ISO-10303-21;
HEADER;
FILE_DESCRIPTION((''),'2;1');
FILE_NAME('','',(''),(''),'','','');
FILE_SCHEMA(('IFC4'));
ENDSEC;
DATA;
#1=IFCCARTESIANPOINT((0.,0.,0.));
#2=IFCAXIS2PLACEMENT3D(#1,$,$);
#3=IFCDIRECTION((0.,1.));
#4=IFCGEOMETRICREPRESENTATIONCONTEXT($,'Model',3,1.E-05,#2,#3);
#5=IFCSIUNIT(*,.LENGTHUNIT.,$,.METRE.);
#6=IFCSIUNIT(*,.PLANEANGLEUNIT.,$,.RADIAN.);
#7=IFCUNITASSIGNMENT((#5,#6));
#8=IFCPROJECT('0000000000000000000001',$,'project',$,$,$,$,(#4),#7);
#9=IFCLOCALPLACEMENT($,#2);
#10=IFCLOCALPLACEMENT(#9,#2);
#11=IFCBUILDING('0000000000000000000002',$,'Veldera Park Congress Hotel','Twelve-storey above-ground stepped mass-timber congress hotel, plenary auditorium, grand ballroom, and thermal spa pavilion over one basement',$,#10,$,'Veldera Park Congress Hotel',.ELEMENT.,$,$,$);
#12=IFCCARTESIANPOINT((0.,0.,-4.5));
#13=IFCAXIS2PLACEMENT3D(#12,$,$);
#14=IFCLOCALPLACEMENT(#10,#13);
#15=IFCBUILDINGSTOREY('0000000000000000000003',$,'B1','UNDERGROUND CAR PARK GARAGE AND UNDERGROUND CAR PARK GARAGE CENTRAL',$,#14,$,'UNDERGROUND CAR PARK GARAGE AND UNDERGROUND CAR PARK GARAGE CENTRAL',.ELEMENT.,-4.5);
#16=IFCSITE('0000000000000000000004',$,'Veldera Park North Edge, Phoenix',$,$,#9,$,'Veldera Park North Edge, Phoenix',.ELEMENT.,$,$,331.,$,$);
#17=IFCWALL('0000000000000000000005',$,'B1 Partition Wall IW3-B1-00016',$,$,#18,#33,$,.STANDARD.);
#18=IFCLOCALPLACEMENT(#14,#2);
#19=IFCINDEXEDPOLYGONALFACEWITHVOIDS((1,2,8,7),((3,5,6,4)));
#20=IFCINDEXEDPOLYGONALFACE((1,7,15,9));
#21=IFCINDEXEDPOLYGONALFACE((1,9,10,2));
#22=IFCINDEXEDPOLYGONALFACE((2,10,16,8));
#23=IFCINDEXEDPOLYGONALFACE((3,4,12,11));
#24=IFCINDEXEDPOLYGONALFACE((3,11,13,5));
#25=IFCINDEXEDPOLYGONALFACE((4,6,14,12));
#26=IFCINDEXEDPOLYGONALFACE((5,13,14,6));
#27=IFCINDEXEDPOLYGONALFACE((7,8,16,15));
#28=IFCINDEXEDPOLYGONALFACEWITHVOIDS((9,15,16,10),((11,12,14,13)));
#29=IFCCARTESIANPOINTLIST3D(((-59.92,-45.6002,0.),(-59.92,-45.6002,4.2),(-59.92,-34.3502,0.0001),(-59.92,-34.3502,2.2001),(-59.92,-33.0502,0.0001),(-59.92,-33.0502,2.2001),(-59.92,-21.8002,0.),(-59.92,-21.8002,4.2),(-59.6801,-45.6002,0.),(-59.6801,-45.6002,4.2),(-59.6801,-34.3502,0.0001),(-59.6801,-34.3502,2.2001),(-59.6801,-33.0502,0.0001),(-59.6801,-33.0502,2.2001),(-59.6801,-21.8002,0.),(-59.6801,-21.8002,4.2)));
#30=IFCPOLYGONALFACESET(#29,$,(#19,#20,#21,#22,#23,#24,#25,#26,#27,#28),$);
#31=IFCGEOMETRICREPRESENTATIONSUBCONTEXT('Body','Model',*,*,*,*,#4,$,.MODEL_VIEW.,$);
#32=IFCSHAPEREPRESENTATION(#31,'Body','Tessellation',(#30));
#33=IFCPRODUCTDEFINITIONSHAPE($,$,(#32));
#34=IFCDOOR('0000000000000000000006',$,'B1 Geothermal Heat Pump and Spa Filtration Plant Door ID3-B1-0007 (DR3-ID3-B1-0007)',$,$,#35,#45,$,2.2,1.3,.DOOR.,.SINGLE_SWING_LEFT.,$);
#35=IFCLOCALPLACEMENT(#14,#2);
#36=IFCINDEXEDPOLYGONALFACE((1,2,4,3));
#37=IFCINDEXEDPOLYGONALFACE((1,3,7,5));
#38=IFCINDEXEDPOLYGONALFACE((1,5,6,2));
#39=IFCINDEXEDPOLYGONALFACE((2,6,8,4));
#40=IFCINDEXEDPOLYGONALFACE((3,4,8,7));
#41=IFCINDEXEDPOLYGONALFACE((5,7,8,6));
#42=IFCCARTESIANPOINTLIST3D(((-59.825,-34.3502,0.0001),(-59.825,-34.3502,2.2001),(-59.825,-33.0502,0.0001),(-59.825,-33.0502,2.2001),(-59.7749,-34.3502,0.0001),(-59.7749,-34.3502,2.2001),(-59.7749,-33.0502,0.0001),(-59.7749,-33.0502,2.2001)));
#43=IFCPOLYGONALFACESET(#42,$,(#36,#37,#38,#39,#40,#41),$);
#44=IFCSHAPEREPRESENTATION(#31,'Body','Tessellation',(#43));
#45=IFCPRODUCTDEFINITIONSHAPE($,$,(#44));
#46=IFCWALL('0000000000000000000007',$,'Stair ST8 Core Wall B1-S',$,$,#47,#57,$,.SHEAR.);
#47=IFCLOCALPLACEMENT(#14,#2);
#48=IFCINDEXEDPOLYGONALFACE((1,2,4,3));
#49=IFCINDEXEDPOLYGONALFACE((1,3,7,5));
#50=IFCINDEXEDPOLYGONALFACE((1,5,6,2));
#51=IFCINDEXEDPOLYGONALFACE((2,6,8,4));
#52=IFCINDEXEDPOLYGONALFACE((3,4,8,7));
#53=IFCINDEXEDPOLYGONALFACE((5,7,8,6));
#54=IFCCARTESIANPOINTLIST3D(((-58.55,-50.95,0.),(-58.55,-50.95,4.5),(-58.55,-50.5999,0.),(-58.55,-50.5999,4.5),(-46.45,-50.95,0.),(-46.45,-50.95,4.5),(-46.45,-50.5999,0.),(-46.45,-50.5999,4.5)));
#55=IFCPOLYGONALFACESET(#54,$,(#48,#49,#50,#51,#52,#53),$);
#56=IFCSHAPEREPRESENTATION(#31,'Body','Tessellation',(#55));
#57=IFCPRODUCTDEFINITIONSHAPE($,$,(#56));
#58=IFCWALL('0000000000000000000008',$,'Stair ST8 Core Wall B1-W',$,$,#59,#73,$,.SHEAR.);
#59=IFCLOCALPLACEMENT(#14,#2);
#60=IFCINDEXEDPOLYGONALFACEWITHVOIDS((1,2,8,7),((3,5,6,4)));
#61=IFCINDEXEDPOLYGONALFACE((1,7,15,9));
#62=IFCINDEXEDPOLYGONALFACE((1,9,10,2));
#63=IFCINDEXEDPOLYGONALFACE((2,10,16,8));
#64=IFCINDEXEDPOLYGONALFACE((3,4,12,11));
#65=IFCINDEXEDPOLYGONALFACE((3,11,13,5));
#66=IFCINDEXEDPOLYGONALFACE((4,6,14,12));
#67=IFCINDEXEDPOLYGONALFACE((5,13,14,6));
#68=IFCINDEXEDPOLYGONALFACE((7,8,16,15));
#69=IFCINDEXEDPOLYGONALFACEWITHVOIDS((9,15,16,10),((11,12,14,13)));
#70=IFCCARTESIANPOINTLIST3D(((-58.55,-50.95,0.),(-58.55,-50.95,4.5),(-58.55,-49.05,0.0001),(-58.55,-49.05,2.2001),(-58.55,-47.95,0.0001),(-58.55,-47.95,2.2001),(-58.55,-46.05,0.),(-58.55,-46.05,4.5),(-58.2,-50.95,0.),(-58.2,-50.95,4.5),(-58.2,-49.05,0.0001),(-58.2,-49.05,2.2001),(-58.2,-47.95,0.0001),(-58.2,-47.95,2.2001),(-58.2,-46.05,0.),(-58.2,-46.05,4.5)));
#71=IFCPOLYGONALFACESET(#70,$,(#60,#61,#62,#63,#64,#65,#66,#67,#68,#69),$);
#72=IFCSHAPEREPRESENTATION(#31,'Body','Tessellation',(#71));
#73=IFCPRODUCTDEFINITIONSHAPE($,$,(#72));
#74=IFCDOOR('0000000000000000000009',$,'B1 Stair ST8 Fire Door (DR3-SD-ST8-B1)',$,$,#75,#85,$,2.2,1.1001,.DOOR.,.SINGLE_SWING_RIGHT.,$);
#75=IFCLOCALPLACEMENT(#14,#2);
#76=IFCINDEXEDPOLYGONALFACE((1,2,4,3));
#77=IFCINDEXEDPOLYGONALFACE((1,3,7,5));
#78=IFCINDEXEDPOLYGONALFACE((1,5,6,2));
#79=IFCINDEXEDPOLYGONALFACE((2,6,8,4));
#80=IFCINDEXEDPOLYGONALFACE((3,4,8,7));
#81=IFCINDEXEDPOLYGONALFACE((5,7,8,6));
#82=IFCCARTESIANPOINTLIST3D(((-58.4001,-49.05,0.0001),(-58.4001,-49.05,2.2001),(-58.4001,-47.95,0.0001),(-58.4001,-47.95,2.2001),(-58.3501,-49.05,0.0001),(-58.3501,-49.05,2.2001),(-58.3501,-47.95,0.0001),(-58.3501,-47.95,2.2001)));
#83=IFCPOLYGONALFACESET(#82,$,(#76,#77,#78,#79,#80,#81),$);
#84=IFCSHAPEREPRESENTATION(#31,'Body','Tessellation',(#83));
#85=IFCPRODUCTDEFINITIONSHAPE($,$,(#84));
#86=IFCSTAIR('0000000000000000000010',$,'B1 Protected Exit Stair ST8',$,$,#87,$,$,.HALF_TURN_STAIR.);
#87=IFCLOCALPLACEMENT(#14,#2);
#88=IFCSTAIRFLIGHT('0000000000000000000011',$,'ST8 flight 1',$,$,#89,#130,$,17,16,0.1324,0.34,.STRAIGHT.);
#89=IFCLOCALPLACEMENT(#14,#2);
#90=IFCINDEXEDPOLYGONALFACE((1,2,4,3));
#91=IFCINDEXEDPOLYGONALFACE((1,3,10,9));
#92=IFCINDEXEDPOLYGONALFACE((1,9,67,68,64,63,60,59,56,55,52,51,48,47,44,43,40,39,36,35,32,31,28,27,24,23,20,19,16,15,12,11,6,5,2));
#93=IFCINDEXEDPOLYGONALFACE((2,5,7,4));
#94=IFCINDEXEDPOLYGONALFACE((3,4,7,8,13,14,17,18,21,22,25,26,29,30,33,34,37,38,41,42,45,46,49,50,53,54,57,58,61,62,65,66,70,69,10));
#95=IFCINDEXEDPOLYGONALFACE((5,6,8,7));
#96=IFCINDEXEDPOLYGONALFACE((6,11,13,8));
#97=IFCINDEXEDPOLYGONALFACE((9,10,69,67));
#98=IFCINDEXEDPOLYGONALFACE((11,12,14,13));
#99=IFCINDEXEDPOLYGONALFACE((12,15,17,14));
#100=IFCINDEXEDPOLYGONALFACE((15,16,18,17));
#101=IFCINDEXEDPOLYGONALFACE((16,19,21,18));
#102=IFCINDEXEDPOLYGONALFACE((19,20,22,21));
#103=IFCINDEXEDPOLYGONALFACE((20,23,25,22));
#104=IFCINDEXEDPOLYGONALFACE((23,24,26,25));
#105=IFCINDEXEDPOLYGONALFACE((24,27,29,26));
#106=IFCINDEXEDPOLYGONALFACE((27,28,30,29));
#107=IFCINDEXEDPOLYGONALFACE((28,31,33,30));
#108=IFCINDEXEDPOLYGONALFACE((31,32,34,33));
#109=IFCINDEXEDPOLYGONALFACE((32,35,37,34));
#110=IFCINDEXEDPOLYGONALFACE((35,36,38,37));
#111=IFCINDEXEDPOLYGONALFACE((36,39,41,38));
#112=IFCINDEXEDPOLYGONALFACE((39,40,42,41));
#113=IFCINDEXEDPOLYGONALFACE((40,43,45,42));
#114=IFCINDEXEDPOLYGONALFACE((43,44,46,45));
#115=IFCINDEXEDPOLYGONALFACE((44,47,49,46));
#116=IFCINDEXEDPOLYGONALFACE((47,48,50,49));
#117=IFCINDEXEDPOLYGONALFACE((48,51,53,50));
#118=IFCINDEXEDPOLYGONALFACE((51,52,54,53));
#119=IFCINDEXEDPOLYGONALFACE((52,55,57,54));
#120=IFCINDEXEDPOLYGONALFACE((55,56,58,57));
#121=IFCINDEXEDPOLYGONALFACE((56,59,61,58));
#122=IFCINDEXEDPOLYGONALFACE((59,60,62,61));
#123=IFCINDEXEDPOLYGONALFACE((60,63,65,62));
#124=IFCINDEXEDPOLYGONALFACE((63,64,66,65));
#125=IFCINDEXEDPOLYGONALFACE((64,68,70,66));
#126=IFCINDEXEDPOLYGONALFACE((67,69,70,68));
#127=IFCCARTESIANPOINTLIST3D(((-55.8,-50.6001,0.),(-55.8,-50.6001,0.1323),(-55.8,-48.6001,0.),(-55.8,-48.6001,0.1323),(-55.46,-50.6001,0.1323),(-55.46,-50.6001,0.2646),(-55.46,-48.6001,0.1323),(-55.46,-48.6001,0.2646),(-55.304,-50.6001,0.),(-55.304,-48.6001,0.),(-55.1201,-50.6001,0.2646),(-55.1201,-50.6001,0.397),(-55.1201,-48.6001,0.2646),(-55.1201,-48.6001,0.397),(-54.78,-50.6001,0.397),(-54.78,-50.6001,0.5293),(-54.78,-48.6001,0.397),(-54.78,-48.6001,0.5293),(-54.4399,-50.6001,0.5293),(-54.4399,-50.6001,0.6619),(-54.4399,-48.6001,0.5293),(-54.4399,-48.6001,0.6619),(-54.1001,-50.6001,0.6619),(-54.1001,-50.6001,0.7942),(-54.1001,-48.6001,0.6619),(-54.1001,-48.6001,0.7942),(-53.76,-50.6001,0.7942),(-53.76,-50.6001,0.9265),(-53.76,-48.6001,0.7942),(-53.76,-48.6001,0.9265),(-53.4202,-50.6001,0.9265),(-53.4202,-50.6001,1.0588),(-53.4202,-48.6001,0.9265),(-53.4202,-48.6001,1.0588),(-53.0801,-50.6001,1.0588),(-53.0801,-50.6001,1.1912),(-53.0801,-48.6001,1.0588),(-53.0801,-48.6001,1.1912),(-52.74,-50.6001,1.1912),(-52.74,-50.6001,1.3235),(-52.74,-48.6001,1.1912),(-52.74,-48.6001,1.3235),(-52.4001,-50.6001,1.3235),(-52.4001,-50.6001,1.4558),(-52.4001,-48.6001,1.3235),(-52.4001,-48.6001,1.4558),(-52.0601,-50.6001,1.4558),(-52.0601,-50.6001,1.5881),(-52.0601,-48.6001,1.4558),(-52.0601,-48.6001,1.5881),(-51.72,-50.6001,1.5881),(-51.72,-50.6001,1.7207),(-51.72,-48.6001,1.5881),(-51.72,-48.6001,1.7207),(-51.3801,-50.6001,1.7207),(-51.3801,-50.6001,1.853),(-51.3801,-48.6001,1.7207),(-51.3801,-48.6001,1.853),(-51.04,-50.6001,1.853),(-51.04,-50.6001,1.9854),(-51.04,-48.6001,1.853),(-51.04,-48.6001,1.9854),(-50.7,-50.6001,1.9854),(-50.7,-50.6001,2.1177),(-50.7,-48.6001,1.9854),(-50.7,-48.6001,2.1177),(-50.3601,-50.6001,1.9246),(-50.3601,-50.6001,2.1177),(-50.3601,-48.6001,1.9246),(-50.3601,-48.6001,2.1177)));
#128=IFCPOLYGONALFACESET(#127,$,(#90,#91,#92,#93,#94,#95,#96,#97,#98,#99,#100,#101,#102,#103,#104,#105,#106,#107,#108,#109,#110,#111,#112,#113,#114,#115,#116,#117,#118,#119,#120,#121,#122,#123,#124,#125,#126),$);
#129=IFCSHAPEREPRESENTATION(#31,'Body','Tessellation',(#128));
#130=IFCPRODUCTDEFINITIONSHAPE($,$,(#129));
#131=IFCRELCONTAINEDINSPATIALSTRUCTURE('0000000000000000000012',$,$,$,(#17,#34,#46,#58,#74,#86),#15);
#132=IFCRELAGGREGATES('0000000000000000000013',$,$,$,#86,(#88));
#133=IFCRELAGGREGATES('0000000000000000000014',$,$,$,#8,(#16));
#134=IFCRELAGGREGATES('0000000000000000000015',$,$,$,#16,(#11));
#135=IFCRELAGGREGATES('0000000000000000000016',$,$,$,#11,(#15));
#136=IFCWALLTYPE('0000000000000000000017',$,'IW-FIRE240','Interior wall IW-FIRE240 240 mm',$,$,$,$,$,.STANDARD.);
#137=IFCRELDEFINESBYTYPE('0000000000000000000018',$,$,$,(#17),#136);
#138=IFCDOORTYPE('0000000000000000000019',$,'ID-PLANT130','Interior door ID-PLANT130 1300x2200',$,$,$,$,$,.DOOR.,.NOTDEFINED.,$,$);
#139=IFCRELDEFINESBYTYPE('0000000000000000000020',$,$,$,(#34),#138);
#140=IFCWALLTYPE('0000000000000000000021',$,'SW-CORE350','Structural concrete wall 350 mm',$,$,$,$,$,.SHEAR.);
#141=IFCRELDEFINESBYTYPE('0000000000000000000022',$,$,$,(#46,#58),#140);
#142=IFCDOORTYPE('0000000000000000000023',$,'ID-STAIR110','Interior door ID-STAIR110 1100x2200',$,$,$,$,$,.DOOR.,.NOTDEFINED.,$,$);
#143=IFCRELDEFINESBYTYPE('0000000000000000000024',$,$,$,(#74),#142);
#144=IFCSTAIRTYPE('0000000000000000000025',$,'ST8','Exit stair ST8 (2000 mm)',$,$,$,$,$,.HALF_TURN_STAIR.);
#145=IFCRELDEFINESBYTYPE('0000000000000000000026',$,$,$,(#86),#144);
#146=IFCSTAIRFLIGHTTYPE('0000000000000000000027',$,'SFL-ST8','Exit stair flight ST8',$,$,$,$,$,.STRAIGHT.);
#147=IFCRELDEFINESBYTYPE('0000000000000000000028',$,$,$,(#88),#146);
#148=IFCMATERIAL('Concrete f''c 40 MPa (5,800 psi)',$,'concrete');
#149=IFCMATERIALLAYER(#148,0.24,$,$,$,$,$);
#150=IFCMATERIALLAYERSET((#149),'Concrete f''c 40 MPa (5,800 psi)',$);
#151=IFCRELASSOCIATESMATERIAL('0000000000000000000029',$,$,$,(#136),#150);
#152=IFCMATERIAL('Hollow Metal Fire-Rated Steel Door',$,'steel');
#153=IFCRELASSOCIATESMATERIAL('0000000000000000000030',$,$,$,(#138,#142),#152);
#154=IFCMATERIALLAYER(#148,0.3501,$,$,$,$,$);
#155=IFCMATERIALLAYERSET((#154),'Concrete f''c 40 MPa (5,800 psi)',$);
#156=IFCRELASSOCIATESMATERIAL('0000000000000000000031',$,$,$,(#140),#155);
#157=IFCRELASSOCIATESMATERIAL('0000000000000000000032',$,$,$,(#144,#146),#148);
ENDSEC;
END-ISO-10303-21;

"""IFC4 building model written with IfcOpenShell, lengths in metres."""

from ifc_helpers import new_model, si_unit, direction, frame, frame_2d, origin, place, context, subcontext, project, spatial, polyline, rectangle, outline, extrude, material, layer, layer_set, type_object, element, fill, aggregate, save


model = new_model("IFC4")

# Units and contexts
model_context = context("Model", 3, precision=1e-05, world=origin(), true_north=direction((0.0, 1.0)))
body_context = subcontext(model_context, "Body", "Model", "MODEL_VIEW")
ifc_project = project(units=[si_unit("LENGTHUNIT", "METRE"), si_unit("PLANEANGLEUNIT", "RADIAN")], contexts=[model_context])

# Site, building, storey
site_placement = place(None, origin())
site = spatial("IfcSite", under=ifc_project, at=site_placement, Name="Veldera Park North Edge, Phoenix", LongName="Veldera Park North Edge, Phoenix", CompositionType="ELEMENT", RefElevation=331.0)
building_placement = place(site_placement, origin())
building = spatial("IfcBuilding", under=site, at=building_placement, Name="Veldera Park Congress Hotel", Description="Twelve-storey above-ground stepped mass-timber congress hotel, plenary auditorium, grand ballroom, and thermal spa pavilion over one basement", LongName="Veldera Park Congress Hotel", CompositionType="ELEMENT")
storey_placement = place(building_placement, frame((0.0, 0.0, -4.5)))
storey = spatial("IfcBuildingStorey", under=building, at=storey_placement, Name="B1", Description="UNDERGROUND CAR PARK GARAGE AND UNDERGROUND CAR PARK GARAGE CENTRAL", LongName="UNDERGROUND CAR PARK GARAGE AND UNDERGROUND CAR PARK GARAGE CENTRAL", CompositionType="ELEMENT", Elevation=-4.5)

# Shared definitions
ifc_material_1 = material(Name="Concrete f'c 40 MPa (5,800 psi)", Category="concrete")

# Wall, opening, door
ifc_layer_1 = layer(ifc_material_1, 0.24)
ifc_layer_set_1 = layer_set([ifc_layer_1], Name="Concrete f'c 40 MPa (5,800 psi)")
wall_type_1 = type_object("IfcWallType", Name="IW-FIRE240", Description="Interior wall IW-FIRE240 240 mm", PredefinedType="STANDARD", material=ifc_layer_set_1)
wall_1_placement = place(storey_placement, frame((-59.8, -45.6001, 0.0), z_axis=(0.0, 0.0, 1.0), x_axis=(0.0, 1.0, 0.0)))
wall_1 = element("IfcWall", 1, at=wall_1_placement, inside=storey, type_object=wall_type_1, Name="B1 Partition Wall IW3-B1-00016", PredefinedType="STANDARD", context=body_context, shape_type="SweptSolid", body=[
    extrude(rectangle(XDim=23.8, YDim=0.24, at=frame_2d((11.8999, 0.0))), origin(), (0.0, 0.0, 1.0), 4.2),
])
opening_1_placement = place(wall_1_placement, frame((11.25, 0.0, 0.0)))
opening_1 = element("IfcOpeningElement", 2, at=opening_1_placement, cuts=wall_1, PredefinedType="OPENING", context=body_context, shape_type="SweptSolid", body=[
    extrude(rectangle(XDim=1.3, YDim=2.2, at=frame_2d((0.6499, 1.1001))), frame((0.0, 0.1321, 0.0), z_axis=(0.0, -1.0, 0.0), x_axis=(1.0, 0.0, 0.0)), (0.0, 0.0, 1.0), 0.2639),
])
ifc_material_2 = material(Name="Hollow Metal Fire-Rated Steel Door", Category="steel")
door_type_1 = type_object("IfcDoorType", Name="ID-PLANT130", Description="Interior door ID-PLANT130 1300x2200", OperationType="NOTDEFINED", PredefinedType="DOOR", material=ifc_material_2)
door_1_placement = place(opening_1_placement, origin())
door_1 = element("IfcDoor", 3, at=door_1_placement, inside=storey, type_object=door_type_1, Name="B1 Geothermal Heat Pump and Spa Filtration Plant Door ID3-B1-0007 (DR3-ID3-B1-0007)", OperationType="SINGLE_SWING_LEFT", OverallHeight=2.2, OverallWidth=1.3, PredefinedType="DOOR", context=body_context, shape_type="SweptSolid", body=[
    extrude(rectangle(XDim=1.3, YDim=2.2, at=frame_2d((0.6499, 1.1001))), frame((0.0, 0.0249, 0.0), z_axis=(0.0, -1.0, 0.0), x_axis=(1.0, 0.0, 0.0)), (0.0, 0.0, 1.0), 0.05),
])
fill(opening_1, door_1)

# Wall
ifc_layer_2 = layer(ifc_material_1, 0.3501)
ifc_layer_set_2 = layer_set([ifc_layer_2], Name="Concrete f'c 40 MPa (5,800 psi)")
wall_type_2 = type_object("IfcWallType", Name="SW-CORE350", Description="Structural concrete wall 350 mm", PredefinedType="SHEAR", material=ifc_layer_set_2)
wall_2_placement = place(storey_placement, frame((-58.55, -50.7749, 0.0), z_axis=(0.0, 0.0, 1.0), x_axis=(1.0, 0.0, 0.0)))
element("IfcWall", 4, at=wall_2_placement, inside=storey, type_object=wall_type_2, Name="Stair ST8 Core Wall B1-S", PredefinedType="SHEAR", context=body_context, shape_type="SweptSolid", body=[
    extrude(rectangle(XDim=12.1001, YDim=0.3501, at=frame_2d((6.05, 0.0))), origin(), (0.0, 0.0, 1.0), 4.5),
])

# Wall, opening, door
wall_3_placement = place(storey_placement, frame((-58.375, -46.05, 0.0), z_axis=(0.0, 0.0, 1.0), x_axis=(0.0, -1.0, 0.0)))
wall_3 = element("IfcWall", 5, at=wall_3_placement, inside=storey, type_object=wall_type_2, Name="Stair ST8 Core Wall B1-W", PredefinedType="SHEAR", context=body_context, shape_type="SweptSolid", body=[
    extrude(rectangle(XDim=4.8999, YDim=0.3501, at=frame_2d((2.45, 0.0))), origin(), (0.0, 0.0, 1.0), 4.5),
])
opening_2_placement = place(wall_3_placement, frame((1.8999, 0.0, 0.0)))
opening_2 = element("IfcOpeningElement", 6, at=opening_2_placement, cuts=wall_3, PredefinedType="OPENING", context=body_context, shape_type="SweptSolid", body=[
    extrude(rectangle(XDim=1.1001, YDim=2.2, at=frame_2d((0.55, 1.1001))), frame((0.0, 0.187, 0.0), z_axis=(0.0, -1.0, 0.0), x_axis=(1.0, 0.0, 0.0)), (0.0, 0.0, 1.0), 0.374),
])
door_type_2 = type_object("IfcDoorType", Name="ID-STAIR110", Description="Interior door ID-STAIR110 1100x2200", OperationType="NOTDEFINED", PredefinedType="DOOR", material=ifc_material_2)
door_2_placement = place(opening_2_placement, origin())
door_2 = element("IfcDoor", 7, at=door_2_placement, inside=storey, type_object=door_type_2, Name="B1 Stair ST8 Fire Door (DR3-SD-ST8-B1)", OperationType="SINGLE_SWING_RIGHT", OverallHeight=2.2, OverallWidth=1.1001, PredefinedType="DOOR", context=body_context, shape_type="SweptSolid", body=[
    extrude(rectangle(XDim=1.1001, YDim=2.2, at=frame_2d((0.55, 1.1001))), frame((0.0, 0.0249, 0.0), z_axis=(0.0, -1.0, 0.0), x_axis=(1.0, 0.0, 0.0)), (0.0, 0.0, 1.0), 0.05),
])
fill(opening_2, door_2)

# Stair, stair flight
stair_type = type_object("IfcStairType", Name="ST8", Description="Exit stair ST8 (2000 mm)", PredefinedType="HALF_TURN_STAIR", material=ifc_material_1)
stair_placement = place(storey_placement, origin())
stair = element("IfcStair", 8, at=stair_placement, inside=storey, type_object=stair_type, Name="B1 Protected Exit Stair ST8", PredefinedType="HALF_TURN_STAIR")
stair_flight_type = type_object("IfcStairFlightType", Name="SFL-ST8", Description="Exit stair flight ST8", PredefinedType="STRAIGHT", material=ifc_material_1)
stair_flight_placement = place(storey_placement, frame((-55.8, -49.6001, 0.0), z_axis=(0.0, 0.0, 1.0), x_axis=(1.0, 0.0, 0.0)))
stair_flight = element("IfcStairFlight", 9, at=stair_flight_placement, type_object=stair_flight_type, Name="ST8 flight 1", NumberOfRisers=17, NumberOfTreads=16, PredefinedType="STRAIGHT", RiserHeight=0.1324, TreadLength=0.34, context=body_context, shape_type="SweptSolid", body=[
    extrude(outline(polyline([(0.0, 0.0), (0.0, 0.1323), (0.3401, 0.1323), (0.3401, 0.2646), (0.6799, 0.2646), (0.6799, 0.397), (1.02, 0.397), (1.02, 0.5293), (1.3601, 0.5293), (1.3601, 0.6619), (1.7, 0.6619), (1.7, 0.7942), (2.04, 0.7942), (2.04, 0.9265), (2.3799, 0.9265), (2.3799, 1.0588), (2.72, 1.0588), (2.72, 1.1912), (3.0601, 1.1912), (3.0601, 1.3235), (3.3999, 1.3235), (3.3999, 1.4558), (3.74, 1.4558), (3.74, 1.5881), (4.0801, 1.5881), (4.0801, 1.7207), (4.4199, 1.7207), (4.4199, 1.853), (4.76, 1.853), (4.76, 1.9854), (5.1001, 1.9854), (5.1001, 2.1177), (5.4399, 2.1177), (5.4399, 2.25), (5.4399, 2.25), (5.4399, 1.9246), (0.4961, 0.0), (0.0, 0.0)])), frame((0.0, 1.0, 0.0), z_axis=(0.0, -1.0, 0.0), x_axis=(1.0, 0.0, 0.0)), (0.0, 0.0, 1.0), 2.0),
])
aggregate(stair, [stair_flight])

save(model, "model.ifc")
